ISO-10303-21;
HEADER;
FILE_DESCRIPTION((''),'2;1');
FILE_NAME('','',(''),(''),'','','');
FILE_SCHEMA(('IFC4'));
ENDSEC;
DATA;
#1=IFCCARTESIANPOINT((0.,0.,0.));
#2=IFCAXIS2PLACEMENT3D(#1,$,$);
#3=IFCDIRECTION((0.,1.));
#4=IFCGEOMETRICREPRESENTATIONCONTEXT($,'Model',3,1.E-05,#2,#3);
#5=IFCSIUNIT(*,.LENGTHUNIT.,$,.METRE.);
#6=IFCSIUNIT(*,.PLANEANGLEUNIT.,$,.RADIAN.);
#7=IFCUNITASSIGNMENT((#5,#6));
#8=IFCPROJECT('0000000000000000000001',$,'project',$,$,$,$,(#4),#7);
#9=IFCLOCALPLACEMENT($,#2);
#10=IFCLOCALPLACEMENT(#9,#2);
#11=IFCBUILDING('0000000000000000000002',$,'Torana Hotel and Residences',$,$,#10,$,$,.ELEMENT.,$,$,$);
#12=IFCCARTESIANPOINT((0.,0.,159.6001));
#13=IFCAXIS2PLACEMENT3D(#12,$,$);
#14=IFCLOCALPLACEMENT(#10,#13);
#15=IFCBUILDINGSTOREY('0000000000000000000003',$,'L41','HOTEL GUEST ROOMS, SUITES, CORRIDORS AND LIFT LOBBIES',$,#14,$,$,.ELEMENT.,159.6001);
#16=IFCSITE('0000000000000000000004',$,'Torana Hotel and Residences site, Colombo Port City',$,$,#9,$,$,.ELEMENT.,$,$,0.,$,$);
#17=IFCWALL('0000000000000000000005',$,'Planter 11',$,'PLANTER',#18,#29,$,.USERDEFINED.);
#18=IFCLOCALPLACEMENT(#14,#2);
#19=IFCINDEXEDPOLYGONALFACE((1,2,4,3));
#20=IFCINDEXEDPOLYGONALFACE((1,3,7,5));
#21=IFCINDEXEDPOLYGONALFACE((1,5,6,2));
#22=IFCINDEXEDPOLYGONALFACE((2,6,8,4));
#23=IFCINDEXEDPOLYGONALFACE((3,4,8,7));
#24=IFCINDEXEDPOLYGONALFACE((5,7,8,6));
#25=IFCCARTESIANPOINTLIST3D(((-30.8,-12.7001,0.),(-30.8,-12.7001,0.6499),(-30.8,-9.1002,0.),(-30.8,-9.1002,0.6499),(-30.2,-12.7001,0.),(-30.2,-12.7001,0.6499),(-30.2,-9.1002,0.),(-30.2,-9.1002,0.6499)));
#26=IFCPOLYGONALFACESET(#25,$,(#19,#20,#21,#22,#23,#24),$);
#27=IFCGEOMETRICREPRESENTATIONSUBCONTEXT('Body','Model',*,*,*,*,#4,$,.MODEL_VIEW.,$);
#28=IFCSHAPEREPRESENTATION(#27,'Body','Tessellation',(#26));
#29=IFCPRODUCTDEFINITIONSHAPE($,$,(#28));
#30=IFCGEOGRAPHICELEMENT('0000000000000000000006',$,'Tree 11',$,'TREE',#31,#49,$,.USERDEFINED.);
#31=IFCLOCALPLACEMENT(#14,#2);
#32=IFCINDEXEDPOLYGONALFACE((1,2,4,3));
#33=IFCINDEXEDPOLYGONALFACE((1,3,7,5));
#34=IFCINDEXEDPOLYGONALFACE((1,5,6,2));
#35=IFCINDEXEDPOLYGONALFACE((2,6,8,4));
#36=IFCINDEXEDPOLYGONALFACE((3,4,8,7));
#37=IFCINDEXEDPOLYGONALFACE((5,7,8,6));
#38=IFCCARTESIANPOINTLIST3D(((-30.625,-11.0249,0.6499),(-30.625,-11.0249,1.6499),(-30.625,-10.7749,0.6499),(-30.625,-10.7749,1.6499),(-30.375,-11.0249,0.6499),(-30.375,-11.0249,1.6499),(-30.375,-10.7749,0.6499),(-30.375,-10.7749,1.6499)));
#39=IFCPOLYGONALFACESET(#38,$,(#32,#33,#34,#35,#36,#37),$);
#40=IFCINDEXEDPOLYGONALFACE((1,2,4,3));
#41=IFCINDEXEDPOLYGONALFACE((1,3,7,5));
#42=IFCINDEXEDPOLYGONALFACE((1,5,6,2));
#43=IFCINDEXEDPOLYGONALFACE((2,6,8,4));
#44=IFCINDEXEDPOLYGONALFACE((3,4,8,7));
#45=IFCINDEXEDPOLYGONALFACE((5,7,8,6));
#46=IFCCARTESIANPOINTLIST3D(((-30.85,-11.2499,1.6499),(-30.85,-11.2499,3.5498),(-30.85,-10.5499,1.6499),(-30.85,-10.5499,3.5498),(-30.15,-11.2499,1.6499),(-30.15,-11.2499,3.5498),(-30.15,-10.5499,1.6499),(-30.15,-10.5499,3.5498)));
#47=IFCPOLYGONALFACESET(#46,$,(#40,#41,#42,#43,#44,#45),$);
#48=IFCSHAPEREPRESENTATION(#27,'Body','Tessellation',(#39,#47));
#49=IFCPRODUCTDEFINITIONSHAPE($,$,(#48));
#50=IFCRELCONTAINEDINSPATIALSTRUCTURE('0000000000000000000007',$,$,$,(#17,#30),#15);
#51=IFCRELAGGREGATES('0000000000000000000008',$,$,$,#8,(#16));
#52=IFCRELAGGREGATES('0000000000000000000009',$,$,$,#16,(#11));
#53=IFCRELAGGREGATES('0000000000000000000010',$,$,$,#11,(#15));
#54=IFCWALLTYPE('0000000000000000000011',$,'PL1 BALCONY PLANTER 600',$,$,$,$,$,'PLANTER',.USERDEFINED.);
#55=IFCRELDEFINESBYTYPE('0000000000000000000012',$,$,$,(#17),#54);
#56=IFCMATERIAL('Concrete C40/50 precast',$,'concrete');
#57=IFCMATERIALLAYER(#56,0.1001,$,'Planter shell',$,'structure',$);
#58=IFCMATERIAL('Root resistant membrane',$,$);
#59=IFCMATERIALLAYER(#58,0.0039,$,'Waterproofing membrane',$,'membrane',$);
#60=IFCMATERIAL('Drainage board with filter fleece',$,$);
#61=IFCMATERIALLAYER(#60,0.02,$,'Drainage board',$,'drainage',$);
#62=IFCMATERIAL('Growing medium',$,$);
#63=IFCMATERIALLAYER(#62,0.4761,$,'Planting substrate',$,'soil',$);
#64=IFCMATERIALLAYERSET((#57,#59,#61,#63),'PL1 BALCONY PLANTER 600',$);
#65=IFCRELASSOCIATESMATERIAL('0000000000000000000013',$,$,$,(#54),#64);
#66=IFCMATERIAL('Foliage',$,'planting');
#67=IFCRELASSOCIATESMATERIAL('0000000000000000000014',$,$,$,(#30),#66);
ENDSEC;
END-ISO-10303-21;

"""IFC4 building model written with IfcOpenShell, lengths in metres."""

from ifc_helpers import new_model, si_unit, direction, frame, frame_2d, origin, origin_2d, place, context, subcontext, project, spatial, rectangle, extrude, material, layer, layer_set, type_object, element, save


model = new_model("IFC4")

# Units and contexts
model_context = context("Model", 3, precision=1e-05, world=origin(), true_north=direction((0.0, 1.0)))
body_context = subcontext(model_context, "Body", "Model", "MODEL_VIEW")
ifc_project = project(units=[si_unit("LENGTHUNIT", "METRE"), si_unit("PLANEANGLEUNIT", "RADIAN")], contexts=[model_context])

# Site, building, storey
site_placement = place(None, origin())
site = spatial("IfcSite", under=ifc_project, at=site_placement, Name="Torana Hotel and Residences site, Colombo Port City", CompositionType="ELEMENT", RefElevation=0.0)
building_placement = place(site_placement, origin())
building = spatial("IfcBuilding", under=site, at=building_placement, Name="Torana Hotel and Residences", CompositionType="ELEMENT")
storey_placement = place(building_placement, frame((0.0, 0.0, 159.6001)))
storey = spatial("IfcBuildingStorey", under=building, at=storey_placement, Name="L41", Description="HOTEL GUEST ROOMS, SUITES, CORRIDORS AND LIFT LOBBIES", CompositionType="ELEMENT", Elevation=159.6001)

# Wall
ifc_material_1 = material(Name="Concrete C40/50 precast", Category="concrete")
ifc_layer_1 = layer(ifc_material_1, 0.1001, Name="Planter shell", Category="structure")
ifc_material_2 = material(Name="Root resistant membrane")
ifc_layer_2 = layer(ifc_material_2, 0.0039, Name="Waterproofing membrane", Category="membrane")
ifc_material_3 = material(Name="Drainage board with filter fleece")
ifc_layer_3 = layer(ifc_material_3, 0.02, Name="Drainage board", Category="drainage")
ifc_material_4 = material(Name="Growing medium")
ifc_layer_4 = layer(ifc_material_4, 0.4761, Name="Planting substrate", Category="soil")
ifc_layer_set_1 = layer_set([ifc_layer_1, ifc_layer_2, ifc_layer_3, ifc_layer_4], Name="PL1 BALCONY PLANTER 600")
wall_type_1 = type_object("IfcWallType", Name="PL1 BALCONY PLANTER 600", ElementType="PLANTER", PredefinedType="USERDEFINED", material=ifc_layer_set_1)
wall_1_placement = place(storey_placement, frame((-30.5, -12.7, 0.0), z_axis=(0.0, 0.0, 1.0), x_axis=(0.0, 1.0, 0.0)))
element("IfcWall", 1, at=wall_1_placement, inside=storey, type_object=wall_type_1, Name="Planter 11", ObjectType="PLANTER", PredefinedType="USERDEFINED", context=body_context, shape_type="SweptSolid", body=[
    extrude(rectangle(XDim=3.5999, YDim=0.6001, at=frame_2d((1.7998, 0.0))), origin(), (0.0, 0.0, 1.0), 0.6499),
])

# Geographic element
ifc_material_5 = material(Name="Foliage", Category="planting")
geographic_element_placement = place(storey_placement, frame((-30.5, -10.8999, 0.6499), z_axis=(0.0, 0.0, 1.0), x_axis=(1.0, 0.0, 0.0)))
element("IfcGeographicElement", 2, at=geographic_element_placement, inside=storey, material=ifc_material_5, Name="Tree 11", ObjectType="TREE", PredefinedType="USERDEFINED", context=body_context, shape_type="SweptSolid", body=[
    extrude(rectangle(XDim=0.25, YDim=0.25, at=origin_2d()), origin(), (0.0, 0.0, 1.0), 1.0),
    extrude(rectangle(XDim=0.7, YDim=0.7, at=origin_2d()), frame((0.0, 0.0, 1.0)), (0.0, 0.0, 1.0), 1.8999),
])

save(model, "model.ifc")
